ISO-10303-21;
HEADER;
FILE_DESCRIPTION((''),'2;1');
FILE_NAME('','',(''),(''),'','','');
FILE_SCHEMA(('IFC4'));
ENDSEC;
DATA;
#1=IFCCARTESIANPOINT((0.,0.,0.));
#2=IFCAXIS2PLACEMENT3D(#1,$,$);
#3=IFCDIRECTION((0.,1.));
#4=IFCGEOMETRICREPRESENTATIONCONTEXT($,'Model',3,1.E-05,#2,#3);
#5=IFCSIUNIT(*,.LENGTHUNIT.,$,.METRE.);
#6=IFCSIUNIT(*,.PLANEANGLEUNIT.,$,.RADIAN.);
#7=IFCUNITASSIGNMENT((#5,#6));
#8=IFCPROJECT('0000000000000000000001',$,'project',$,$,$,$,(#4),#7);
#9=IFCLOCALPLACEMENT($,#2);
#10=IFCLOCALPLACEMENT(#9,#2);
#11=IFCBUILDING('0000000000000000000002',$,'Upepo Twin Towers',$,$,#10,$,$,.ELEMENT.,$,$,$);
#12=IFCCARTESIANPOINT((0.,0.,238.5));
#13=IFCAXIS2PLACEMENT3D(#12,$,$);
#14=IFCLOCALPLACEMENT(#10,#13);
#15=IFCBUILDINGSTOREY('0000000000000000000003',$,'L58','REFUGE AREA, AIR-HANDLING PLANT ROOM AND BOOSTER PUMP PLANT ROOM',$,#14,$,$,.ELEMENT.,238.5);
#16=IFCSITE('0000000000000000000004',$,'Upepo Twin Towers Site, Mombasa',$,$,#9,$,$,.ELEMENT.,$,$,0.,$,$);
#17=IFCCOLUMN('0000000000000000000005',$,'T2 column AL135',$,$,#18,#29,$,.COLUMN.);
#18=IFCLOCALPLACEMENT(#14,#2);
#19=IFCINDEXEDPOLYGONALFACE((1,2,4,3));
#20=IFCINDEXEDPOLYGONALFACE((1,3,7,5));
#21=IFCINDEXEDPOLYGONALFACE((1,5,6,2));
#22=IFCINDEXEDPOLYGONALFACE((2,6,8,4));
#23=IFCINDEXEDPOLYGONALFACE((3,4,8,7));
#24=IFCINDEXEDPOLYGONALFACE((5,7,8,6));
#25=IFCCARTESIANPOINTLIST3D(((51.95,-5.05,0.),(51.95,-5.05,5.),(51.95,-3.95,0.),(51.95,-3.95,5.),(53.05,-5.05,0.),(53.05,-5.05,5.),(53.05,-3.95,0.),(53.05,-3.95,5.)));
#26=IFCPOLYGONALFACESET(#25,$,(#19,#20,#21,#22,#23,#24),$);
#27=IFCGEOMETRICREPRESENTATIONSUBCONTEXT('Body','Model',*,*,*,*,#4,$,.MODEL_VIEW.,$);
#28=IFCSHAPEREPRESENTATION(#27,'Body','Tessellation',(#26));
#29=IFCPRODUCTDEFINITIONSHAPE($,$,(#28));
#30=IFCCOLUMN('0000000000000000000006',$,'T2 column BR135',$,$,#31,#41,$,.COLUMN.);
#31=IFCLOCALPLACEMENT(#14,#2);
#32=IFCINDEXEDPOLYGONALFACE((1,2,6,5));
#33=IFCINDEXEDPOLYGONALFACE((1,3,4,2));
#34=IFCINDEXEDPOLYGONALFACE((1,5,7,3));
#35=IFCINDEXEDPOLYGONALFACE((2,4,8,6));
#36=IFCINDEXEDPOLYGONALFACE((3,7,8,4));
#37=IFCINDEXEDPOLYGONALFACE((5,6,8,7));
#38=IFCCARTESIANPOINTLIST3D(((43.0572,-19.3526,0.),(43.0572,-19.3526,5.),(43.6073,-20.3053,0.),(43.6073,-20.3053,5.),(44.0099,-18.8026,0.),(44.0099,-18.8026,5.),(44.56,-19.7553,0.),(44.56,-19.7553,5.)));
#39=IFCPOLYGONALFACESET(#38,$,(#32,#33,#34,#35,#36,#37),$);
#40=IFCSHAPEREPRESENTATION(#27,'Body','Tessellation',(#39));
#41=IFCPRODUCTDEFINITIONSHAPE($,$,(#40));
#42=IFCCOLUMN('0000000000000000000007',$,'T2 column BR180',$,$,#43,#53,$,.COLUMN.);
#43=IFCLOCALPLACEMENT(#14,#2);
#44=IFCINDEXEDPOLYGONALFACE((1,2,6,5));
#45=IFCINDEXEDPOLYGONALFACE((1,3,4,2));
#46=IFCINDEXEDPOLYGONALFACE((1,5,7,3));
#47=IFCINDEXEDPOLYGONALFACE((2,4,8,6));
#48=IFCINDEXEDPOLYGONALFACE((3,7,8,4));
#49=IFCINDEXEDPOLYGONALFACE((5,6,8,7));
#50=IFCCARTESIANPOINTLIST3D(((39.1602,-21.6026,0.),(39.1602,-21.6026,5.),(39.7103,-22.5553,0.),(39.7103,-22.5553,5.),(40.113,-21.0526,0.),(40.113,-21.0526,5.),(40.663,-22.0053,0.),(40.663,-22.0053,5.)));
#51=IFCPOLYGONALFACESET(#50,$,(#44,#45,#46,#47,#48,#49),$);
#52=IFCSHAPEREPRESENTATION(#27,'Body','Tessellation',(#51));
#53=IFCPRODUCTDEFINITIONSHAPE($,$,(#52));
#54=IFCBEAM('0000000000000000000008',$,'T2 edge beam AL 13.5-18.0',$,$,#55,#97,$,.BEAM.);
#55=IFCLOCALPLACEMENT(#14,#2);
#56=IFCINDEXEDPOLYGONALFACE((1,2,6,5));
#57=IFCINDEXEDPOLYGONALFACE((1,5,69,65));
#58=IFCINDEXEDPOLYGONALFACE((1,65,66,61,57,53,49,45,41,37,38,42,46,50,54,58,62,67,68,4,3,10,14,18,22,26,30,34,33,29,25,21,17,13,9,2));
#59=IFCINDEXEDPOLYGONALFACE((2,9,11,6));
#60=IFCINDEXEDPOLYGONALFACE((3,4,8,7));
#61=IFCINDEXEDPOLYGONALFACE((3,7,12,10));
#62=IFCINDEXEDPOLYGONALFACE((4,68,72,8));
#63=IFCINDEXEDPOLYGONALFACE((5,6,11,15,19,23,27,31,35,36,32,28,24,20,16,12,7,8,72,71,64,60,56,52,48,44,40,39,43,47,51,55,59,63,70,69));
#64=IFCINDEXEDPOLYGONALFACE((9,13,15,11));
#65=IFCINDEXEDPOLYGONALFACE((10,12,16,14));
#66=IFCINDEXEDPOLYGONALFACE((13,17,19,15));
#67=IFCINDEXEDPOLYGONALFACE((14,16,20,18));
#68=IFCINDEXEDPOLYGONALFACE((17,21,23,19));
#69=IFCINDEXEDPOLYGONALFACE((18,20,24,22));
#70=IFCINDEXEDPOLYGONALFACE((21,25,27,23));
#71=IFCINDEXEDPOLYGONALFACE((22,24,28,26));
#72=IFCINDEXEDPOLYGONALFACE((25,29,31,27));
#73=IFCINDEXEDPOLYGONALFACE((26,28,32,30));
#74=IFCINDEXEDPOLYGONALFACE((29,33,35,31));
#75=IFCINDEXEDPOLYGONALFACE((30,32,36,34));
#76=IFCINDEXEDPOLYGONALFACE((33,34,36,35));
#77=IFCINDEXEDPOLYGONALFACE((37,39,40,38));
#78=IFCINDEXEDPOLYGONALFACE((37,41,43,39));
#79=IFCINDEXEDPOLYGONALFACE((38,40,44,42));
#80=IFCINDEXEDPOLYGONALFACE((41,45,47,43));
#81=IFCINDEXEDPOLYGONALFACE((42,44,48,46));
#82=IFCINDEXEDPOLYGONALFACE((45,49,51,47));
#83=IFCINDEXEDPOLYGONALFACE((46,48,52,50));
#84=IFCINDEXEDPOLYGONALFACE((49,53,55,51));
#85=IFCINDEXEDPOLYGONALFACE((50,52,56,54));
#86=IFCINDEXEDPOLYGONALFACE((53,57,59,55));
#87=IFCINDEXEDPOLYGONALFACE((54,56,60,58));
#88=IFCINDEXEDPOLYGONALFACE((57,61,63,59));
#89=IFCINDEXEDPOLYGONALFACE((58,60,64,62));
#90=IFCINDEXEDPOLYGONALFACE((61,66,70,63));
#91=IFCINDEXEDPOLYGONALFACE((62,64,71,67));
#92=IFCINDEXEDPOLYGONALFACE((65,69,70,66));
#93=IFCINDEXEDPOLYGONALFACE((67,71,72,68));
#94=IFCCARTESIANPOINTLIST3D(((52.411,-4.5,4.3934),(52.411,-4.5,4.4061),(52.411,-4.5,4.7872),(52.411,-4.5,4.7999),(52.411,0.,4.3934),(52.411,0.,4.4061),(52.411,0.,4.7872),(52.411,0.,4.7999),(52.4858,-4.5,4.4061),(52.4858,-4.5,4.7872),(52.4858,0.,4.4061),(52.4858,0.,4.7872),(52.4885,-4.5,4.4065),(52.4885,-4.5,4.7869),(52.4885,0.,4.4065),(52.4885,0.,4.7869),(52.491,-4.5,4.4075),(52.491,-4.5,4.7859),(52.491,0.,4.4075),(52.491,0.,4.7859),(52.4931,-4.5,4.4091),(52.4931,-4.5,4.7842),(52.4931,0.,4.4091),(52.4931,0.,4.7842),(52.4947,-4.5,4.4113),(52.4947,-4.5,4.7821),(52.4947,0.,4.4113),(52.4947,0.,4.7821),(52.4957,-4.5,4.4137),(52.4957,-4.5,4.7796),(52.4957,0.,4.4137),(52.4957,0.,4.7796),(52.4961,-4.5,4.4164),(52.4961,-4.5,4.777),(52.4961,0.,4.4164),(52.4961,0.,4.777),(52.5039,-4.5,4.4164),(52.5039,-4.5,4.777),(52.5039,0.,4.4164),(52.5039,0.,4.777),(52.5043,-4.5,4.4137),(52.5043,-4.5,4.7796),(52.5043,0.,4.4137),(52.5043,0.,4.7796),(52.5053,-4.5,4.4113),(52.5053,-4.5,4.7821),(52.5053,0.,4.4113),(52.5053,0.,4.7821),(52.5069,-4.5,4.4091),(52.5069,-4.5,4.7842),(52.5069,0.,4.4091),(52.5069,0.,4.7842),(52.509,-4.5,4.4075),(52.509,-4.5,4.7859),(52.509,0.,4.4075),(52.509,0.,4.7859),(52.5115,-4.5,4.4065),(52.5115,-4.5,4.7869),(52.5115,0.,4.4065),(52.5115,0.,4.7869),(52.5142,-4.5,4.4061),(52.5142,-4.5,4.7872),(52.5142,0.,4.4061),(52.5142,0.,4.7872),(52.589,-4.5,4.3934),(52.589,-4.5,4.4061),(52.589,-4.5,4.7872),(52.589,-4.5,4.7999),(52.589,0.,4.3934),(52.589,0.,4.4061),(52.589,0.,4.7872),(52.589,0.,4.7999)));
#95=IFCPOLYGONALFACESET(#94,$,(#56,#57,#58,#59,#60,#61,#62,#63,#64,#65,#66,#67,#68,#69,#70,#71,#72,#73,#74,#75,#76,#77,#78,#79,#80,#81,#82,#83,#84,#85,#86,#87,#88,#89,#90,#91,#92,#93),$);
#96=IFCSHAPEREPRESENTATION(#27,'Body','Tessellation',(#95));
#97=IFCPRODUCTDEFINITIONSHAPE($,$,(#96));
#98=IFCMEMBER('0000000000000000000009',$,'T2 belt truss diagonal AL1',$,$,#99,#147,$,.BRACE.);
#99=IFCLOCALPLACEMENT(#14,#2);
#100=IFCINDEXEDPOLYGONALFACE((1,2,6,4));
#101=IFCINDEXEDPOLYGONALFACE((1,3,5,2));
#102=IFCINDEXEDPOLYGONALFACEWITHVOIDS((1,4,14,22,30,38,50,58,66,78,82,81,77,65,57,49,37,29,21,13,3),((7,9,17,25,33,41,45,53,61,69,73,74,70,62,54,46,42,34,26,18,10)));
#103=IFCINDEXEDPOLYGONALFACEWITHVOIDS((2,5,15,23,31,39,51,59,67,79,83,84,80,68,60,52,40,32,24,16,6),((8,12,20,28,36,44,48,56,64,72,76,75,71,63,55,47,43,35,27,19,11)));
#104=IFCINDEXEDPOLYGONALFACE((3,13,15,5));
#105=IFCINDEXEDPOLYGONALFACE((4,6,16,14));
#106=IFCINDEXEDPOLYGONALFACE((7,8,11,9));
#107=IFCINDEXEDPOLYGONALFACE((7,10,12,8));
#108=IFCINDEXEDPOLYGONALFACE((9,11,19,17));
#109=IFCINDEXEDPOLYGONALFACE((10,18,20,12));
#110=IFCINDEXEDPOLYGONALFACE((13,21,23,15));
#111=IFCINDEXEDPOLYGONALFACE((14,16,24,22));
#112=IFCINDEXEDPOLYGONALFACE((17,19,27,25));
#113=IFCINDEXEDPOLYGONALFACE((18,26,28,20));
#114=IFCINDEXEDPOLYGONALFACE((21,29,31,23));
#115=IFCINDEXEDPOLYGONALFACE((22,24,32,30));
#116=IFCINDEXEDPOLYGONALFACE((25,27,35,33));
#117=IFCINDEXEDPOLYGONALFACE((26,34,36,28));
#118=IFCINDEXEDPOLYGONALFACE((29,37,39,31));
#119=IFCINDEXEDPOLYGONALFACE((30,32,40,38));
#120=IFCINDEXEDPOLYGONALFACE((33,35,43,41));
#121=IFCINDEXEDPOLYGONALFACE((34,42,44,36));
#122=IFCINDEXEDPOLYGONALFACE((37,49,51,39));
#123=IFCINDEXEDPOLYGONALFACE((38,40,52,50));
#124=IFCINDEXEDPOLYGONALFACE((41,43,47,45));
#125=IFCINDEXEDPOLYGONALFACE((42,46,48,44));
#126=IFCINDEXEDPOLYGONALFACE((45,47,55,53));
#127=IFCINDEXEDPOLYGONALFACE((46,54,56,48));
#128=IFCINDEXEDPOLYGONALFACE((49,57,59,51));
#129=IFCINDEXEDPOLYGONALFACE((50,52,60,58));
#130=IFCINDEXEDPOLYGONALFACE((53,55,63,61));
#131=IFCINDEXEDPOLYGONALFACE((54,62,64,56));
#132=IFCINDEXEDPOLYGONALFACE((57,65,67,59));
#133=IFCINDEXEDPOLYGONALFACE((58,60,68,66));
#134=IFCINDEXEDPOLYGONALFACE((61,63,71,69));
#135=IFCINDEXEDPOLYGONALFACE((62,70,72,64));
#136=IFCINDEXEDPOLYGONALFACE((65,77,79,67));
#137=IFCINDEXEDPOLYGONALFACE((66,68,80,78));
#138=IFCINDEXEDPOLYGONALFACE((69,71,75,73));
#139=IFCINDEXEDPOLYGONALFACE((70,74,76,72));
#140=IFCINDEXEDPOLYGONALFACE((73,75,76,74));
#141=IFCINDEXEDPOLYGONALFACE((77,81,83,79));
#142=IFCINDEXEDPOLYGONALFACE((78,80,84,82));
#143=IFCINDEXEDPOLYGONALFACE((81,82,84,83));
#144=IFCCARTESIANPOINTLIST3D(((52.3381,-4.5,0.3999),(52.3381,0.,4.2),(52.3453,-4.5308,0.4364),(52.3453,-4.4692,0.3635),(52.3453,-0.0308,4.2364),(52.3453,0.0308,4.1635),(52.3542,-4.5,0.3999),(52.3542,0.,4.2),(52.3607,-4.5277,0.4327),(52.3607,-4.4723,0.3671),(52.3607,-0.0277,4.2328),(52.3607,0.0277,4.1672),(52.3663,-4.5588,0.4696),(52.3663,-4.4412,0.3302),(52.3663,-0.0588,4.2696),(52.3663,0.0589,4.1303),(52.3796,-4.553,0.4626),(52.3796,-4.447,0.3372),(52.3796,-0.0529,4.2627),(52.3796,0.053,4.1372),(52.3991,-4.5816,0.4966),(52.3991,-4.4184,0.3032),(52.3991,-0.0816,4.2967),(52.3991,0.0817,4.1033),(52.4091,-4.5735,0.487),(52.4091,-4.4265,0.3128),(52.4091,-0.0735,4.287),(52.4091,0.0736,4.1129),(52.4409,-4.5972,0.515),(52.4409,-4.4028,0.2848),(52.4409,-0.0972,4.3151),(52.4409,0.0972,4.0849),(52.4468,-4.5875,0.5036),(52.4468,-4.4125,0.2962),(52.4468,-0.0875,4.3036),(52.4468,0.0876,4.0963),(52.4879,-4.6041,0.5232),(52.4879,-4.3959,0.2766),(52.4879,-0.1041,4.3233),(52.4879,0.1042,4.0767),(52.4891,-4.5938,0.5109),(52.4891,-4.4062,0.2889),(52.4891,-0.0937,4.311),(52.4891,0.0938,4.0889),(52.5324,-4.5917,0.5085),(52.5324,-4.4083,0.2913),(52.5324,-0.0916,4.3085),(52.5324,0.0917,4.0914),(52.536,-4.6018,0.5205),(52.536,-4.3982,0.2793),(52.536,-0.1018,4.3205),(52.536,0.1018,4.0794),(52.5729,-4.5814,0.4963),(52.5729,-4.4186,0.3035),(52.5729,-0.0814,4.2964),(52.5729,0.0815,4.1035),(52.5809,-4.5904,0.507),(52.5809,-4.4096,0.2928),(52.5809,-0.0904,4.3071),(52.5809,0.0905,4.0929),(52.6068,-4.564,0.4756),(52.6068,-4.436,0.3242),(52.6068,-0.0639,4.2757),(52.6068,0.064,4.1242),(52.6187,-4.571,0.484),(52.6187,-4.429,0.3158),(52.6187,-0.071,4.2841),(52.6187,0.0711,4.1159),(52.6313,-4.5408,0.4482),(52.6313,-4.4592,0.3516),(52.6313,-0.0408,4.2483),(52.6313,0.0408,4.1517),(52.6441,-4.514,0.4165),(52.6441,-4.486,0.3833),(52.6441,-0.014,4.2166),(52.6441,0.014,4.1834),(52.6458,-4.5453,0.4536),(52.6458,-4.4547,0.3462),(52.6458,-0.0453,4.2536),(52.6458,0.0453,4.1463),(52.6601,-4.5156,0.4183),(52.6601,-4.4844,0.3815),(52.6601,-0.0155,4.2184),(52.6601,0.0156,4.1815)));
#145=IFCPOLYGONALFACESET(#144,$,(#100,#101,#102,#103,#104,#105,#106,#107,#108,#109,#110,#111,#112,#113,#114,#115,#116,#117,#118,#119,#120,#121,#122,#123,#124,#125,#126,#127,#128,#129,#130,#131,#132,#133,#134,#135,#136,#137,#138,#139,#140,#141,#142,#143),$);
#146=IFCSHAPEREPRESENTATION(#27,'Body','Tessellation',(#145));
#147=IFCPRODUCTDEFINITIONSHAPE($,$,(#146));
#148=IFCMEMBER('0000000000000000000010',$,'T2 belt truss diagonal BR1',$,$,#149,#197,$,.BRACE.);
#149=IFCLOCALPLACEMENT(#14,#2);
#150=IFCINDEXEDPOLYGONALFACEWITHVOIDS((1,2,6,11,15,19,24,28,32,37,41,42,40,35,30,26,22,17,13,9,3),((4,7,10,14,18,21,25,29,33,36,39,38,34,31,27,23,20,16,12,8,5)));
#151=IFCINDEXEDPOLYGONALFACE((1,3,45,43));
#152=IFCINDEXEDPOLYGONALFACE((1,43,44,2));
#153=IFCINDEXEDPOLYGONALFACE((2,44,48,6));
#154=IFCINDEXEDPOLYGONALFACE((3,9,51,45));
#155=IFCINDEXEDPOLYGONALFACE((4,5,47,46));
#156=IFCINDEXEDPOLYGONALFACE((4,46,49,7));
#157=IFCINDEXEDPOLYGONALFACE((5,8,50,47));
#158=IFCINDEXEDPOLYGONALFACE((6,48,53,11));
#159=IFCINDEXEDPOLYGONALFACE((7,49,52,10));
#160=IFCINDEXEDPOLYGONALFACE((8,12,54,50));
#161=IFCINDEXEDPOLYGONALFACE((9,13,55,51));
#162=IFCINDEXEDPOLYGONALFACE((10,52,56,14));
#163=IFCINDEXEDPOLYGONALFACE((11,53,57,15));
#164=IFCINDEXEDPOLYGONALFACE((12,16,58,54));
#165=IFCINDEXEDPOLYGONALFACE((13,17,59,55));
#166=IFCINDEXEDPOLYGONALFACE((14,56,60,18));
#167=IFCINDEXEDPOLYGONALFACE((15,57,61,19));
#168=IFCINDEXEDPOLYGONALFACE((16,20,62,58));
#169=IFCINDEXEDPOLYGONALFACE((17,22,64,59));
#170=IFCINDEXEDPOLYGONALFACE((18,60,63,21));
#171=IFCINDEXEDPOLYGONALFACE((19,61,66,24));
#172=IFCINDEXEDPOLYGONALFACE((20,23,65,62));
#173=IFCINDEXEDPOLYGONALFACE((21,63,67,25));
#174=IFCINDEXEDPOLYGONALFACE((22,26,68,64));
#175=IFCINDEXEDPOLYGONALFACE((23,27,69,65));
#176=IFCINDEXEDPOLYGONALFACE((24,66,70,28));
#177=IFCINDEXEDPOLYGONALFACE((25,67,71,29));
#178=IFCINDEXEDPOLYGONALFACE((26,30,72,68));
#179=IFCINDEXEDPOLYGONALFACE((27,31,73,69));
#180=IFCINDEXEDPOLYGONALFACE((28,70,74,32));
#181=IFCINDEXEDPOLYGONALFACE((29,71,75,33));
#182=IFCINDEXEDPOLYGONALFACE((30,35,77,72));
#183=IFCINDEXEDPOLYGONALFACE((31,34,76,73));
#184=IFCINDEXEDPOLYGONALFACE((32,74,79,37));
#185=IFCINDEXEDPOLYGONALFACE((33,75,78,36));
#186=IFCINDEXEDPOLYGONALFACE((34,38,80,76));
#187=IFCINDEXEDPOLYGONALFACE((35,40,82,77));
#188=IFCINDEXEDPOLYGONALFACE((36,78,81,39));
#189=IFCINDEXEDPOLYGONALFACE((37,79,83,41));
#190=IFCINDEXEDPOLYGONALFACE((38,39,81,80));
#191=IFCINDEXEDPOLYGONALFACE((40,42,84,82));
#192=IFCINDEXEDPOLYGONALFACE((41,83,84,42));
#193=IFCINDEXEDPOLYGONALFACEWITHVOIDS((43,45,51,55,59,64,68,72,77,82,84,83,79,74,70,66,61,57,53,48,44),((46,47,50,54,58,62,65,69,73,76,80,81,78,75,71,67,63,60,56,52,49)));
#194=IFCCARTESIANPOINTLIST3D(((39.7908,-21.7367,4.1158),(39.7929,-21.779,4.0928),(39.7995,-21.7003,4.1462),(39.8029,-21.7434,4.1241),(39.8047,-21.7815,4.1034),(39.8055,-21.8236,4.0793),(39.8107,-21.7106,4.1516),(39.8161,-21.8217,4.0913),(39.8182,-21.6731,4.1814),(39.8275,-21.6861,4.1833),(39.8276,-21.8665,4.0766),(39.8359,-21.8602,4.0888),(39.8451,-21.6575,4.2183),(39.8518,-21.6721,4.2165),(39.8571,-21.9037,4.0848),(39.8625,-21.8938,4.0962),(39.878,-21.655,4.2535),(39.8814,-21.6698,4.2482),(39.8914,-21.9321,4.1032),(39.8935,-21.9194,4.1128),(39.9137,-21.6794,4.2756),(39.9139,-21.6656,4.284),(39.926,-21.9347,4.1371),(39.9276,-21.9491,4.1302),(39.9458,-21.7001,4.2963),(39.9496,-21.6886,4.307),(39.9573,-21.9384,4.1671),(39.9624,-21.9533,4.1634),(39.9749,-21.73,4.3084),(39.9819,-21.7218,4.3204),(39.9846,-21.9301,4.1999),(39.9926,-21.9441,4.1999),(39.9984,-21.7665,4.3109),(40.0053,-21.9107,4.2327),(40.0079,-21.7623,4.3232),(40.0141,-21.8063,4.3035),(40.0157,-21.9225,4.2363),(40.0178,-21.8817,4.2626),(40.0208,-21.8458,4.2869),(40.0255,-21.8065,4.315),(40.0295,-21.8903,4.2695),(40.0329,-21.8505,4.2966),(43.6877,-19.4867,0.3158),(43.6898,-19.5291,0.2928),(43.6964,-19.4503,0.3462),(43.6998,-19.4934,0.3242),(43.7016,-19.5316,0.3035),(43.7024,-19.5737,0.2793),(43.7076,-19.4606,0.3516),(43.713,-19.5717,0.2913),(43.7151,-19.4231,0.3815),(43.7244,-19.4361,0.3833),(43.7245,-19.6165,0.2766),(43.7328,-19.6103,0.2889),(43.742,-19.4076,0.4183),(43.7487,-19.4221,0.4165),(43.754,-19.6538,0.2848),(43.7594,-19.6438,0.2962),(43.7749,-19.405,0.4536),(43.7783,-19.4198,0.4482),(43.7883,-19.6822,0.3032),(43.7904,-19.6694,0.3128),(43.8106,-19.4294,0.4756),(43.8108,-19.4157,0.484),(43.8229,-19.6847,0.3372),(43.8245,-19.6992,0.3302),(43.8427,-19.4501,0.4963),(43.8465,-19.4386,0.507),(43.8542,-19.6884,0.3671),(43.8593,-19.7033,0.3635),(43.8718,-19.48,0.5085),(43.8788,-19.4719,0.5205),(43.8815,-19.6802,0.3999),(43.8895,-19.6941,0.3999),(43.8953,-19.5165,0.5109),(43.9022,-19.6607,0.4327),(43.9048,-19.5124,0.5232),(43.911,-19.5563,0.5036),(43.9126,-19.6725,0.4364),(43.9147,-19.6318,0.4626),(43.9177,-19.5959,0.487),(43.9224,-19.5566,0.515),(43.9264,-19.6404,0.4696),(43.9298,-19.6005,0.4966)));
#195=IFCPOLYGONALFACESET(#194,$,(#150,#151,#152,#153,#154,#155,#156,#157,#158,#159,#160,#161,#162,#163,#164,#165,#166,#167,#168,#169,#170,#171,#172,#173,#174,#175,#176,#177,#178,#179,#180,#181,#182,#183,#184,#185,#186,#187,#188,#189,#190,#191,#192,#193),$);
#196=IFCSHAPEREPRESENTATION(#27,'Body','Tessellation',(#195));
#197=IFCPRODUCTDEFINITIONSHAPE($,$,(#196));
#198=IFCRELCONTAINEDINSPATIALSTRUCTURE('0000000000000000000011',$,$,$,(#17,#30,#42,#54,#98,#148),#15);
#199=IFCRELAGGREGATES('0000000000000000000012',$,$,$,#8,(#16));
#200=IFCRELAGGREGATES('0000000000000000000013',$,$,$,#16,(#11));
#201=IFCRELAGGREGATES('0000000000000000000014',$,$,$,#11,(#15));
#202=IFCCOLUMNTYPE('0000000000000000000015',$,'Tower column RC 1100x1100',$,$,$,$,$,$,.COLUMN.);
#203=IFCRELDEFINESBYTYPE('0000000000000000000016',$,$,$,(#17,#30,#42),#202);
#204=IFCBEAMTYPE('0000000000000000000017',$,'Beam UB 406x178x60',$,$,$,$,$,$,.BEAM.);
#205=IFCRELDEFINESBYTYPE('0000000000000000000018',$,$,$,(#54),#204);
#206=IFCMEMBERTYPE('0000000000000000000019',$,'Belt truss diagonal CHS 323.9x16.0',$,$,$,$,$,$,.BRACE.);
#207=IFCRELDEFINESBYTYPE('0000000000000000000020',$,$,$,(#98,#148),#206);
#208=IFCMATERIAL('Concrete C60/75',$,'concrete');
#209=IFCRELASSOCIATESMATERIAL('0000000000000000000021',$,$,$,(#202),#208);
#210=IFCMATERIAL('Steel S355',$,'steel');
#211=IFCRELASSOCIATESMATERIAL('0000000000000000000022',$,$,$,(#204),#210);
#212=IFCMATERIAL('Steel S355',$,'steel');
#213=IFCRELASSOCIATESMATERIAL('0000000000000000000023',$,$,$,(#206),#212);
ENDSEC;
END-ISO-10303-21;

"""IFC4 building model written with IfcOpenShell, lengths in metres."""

from ifc_helpers import new_model, si_unit, direction, frame, origin, origin_2d, place, context, subcontext, project, spatial, rectangle, hollow_circle, i_section, extrude, material, material_profile, profile_set, type_object, element, save


model = new_model("IFC4")

# Units and contexts
model_context = context("Model", 3, precision=1e-05, world=origin(), true_north=direction((0.0, 1.0)))
body_context = subcontext(model_context, "Body", "Model", "MODEL_VIEW")
ifc_project = project(units=[si_unit("LENGTHUNIT", "METRE"), si_unit("PLANEANGLEUNIT", "RADIAN")], contexts=[model_context])

# Site, building, storey
site_placement = place(None, origin())
site = spatial("IfcSite", under=ifc_project, at=site_placement, Name="Upepo Twin Towers Site, Mombasa", CompositionType="ELEMENT", RefElevation=0.0)
building_placement = place(site_placement, origin())
building = spatial("IfcBuilding", under=site, at=building_placement, Name="Upepo Twin Towers", CompositionType="ELEMENT")
storey_placement = place(building_placement, frame((0.0, 0.0, 238.5)))
storey = spatial("IfcBuildingStorey", under=building, at=storey_placement, Name="L58", Description="REFUGE AREA, AIR-HANDLING PLANT ROOM AND BOOSTER PUMP PLANT ROOM", CompositionType="ELEMENT", Elevation=238.5)

# Columns
ifc_material_1 = material(Name="Concrete C60/75", Category="concrete")
ifc_material_profile_1 = material_profile(ifc_material_1, rectangle(XDim=1.1001, YDim=1.1001, at=origin_2d()), Name="RC 1100x1100")
ifc_profile_set_1 = profile_set([ifc_material_profile_1], Name="Concrete C60/75")
column_type = type_object("IfcColumnType", Name="Tower column RC 1100x1100", PredefinedType="COLUMN", material=ifc_profile_set_1)
for number, where, z_axis, x_axis, name in (
    (1, (52.5, -4.5, 0.0), (0.0, 0.0, 1.0), (1.0, 0.0, 0.0), "T2 column AL135"),
    (2, (43.8086, -19.554, 0.0), (0.0, 0.0, 1.0), (0.866025, 0.5, 0.0), "T2 column BR135"),
    (3, (39.9116, -21.804, 0.0), (0.0, 0.0, 1.0), (0.866025, 0.5, 0.0), "T2 column BR180"),
):
    element("IfcColumn", number, at=place(storey_placement, frame(where, z_axis=z_axis, x_axis=x_axis)), inside=storey, type_object=column_type, Name=name, PredefinedType="COLUMN", context=body_context, shape_type="SweptSolid", body=[
        extrude(rectangle(XDim=1.1001, YDim=1.1001, at=origin_2d()), origin(), (0.0, 0.0, 1.0), 5.0),
    ])

# Beam
ifc_material_2 = material(Name="Steel S355", Category="steel")
ifc_material_profile_2 = material_profile(ifc_material_2, i_section(OverallWidth=0.178, OverallDepth=0.4065, WebThickness=0.0078, FlangeThickness=0.0127, FilletRadius=0.0103, at=origin_2d()), Name="UB 406x178x60")
ifc_profile_set_2 = profile_set([ifc_material_profile_2], Name="Steel S355")
beam_type_1 = type_object("IfcBeamType", Name="Beam UB 406x178x60", PredefinedType="BEAM", material=ifc_profile_set_2)
beam_1_placement = place(storey_placement, frame((52.5, -4.5, 4.5967), z_axis=(0.0, 1.0, 0.0), x_axis=(-1.0, 0.0, 0.0)))
element("IfcBeam", 4, at=beam_1_placement, inside=storey, type_object=beam_type_1, Name="T2 edge beam AL 13.5-18.0", PredefinedType="BEAM", context=body_context, shape_type="SweptSolid", body=[
    extrude(i_section(OverallWidth=0.178, OverallDepth=0.4065, WebThickness=0.0078, FlangeThickness=0.0127, FilletRadius=0.0103, at=origin_2d()), origin(), (0.0, 0.0, 1.0), 4.5),
])

# Members
ifc_material_3 = material(Name="Steel S355", Category="steel")
ifc_material_profile_3 = material_profile(ifc_material_3, hollow_circle(Radius=0.1619, WallThickness=0.0161, at=origin_2d()), Name="CHS 323.9x16.0")
ifc_profile_set_3 = profile_set([ifc_material_profile_3], Name="Steel S355")
member_type_1 = type_object("IfcMemberType", Name="Belt truss diagonal CHS 323.9x16.0", PredefinedType="BRACE", material=ifc_profile_set_3)
member_1_placement = place(storey_placement, frame((52.5, -4.5, 0.3999), z_axis=(0.0, 0.764026, 0.645186), x_axis=(-1.0, 0.0, 0.0)))
element("IfcMember", 5, at=member_1_placement, inside=storey, type_object=member_type_1, Name="T2 belt truss diagonal AL1", PredefinedType="BRACE", context=body_context, shape_type="SweptSolid", body=[
    extrude(hollow_circle(Radius=0.1619, WallThickness=0.0161, at=origin_2d()), origin(), (0.0, 0.0, 1.0), 5.8899),
])
member_2_placement = place(storey_placement, frame((43.8086, -19.554, 0.3999), z_axis=(-0.661652, -0.382019, 0.645196), x_axis=(0.500014, -0.866018, 0.0)))
element("IfcMember", 6, at=member_2_placement, inside=storey, type_object=member_type_1, Name="T2 belt truss diagonal BR1", PredefinedType="BRACE", context=body_context, shape_type="SweptSolid", body=[
    extrude(hollow_circle(Radius=0.1619, WallThickness=0.0161, at=origin_2d()), origin(), (0.0, 0.0, 1.0), 5.8896),
])

save(model, "model.ifc")
